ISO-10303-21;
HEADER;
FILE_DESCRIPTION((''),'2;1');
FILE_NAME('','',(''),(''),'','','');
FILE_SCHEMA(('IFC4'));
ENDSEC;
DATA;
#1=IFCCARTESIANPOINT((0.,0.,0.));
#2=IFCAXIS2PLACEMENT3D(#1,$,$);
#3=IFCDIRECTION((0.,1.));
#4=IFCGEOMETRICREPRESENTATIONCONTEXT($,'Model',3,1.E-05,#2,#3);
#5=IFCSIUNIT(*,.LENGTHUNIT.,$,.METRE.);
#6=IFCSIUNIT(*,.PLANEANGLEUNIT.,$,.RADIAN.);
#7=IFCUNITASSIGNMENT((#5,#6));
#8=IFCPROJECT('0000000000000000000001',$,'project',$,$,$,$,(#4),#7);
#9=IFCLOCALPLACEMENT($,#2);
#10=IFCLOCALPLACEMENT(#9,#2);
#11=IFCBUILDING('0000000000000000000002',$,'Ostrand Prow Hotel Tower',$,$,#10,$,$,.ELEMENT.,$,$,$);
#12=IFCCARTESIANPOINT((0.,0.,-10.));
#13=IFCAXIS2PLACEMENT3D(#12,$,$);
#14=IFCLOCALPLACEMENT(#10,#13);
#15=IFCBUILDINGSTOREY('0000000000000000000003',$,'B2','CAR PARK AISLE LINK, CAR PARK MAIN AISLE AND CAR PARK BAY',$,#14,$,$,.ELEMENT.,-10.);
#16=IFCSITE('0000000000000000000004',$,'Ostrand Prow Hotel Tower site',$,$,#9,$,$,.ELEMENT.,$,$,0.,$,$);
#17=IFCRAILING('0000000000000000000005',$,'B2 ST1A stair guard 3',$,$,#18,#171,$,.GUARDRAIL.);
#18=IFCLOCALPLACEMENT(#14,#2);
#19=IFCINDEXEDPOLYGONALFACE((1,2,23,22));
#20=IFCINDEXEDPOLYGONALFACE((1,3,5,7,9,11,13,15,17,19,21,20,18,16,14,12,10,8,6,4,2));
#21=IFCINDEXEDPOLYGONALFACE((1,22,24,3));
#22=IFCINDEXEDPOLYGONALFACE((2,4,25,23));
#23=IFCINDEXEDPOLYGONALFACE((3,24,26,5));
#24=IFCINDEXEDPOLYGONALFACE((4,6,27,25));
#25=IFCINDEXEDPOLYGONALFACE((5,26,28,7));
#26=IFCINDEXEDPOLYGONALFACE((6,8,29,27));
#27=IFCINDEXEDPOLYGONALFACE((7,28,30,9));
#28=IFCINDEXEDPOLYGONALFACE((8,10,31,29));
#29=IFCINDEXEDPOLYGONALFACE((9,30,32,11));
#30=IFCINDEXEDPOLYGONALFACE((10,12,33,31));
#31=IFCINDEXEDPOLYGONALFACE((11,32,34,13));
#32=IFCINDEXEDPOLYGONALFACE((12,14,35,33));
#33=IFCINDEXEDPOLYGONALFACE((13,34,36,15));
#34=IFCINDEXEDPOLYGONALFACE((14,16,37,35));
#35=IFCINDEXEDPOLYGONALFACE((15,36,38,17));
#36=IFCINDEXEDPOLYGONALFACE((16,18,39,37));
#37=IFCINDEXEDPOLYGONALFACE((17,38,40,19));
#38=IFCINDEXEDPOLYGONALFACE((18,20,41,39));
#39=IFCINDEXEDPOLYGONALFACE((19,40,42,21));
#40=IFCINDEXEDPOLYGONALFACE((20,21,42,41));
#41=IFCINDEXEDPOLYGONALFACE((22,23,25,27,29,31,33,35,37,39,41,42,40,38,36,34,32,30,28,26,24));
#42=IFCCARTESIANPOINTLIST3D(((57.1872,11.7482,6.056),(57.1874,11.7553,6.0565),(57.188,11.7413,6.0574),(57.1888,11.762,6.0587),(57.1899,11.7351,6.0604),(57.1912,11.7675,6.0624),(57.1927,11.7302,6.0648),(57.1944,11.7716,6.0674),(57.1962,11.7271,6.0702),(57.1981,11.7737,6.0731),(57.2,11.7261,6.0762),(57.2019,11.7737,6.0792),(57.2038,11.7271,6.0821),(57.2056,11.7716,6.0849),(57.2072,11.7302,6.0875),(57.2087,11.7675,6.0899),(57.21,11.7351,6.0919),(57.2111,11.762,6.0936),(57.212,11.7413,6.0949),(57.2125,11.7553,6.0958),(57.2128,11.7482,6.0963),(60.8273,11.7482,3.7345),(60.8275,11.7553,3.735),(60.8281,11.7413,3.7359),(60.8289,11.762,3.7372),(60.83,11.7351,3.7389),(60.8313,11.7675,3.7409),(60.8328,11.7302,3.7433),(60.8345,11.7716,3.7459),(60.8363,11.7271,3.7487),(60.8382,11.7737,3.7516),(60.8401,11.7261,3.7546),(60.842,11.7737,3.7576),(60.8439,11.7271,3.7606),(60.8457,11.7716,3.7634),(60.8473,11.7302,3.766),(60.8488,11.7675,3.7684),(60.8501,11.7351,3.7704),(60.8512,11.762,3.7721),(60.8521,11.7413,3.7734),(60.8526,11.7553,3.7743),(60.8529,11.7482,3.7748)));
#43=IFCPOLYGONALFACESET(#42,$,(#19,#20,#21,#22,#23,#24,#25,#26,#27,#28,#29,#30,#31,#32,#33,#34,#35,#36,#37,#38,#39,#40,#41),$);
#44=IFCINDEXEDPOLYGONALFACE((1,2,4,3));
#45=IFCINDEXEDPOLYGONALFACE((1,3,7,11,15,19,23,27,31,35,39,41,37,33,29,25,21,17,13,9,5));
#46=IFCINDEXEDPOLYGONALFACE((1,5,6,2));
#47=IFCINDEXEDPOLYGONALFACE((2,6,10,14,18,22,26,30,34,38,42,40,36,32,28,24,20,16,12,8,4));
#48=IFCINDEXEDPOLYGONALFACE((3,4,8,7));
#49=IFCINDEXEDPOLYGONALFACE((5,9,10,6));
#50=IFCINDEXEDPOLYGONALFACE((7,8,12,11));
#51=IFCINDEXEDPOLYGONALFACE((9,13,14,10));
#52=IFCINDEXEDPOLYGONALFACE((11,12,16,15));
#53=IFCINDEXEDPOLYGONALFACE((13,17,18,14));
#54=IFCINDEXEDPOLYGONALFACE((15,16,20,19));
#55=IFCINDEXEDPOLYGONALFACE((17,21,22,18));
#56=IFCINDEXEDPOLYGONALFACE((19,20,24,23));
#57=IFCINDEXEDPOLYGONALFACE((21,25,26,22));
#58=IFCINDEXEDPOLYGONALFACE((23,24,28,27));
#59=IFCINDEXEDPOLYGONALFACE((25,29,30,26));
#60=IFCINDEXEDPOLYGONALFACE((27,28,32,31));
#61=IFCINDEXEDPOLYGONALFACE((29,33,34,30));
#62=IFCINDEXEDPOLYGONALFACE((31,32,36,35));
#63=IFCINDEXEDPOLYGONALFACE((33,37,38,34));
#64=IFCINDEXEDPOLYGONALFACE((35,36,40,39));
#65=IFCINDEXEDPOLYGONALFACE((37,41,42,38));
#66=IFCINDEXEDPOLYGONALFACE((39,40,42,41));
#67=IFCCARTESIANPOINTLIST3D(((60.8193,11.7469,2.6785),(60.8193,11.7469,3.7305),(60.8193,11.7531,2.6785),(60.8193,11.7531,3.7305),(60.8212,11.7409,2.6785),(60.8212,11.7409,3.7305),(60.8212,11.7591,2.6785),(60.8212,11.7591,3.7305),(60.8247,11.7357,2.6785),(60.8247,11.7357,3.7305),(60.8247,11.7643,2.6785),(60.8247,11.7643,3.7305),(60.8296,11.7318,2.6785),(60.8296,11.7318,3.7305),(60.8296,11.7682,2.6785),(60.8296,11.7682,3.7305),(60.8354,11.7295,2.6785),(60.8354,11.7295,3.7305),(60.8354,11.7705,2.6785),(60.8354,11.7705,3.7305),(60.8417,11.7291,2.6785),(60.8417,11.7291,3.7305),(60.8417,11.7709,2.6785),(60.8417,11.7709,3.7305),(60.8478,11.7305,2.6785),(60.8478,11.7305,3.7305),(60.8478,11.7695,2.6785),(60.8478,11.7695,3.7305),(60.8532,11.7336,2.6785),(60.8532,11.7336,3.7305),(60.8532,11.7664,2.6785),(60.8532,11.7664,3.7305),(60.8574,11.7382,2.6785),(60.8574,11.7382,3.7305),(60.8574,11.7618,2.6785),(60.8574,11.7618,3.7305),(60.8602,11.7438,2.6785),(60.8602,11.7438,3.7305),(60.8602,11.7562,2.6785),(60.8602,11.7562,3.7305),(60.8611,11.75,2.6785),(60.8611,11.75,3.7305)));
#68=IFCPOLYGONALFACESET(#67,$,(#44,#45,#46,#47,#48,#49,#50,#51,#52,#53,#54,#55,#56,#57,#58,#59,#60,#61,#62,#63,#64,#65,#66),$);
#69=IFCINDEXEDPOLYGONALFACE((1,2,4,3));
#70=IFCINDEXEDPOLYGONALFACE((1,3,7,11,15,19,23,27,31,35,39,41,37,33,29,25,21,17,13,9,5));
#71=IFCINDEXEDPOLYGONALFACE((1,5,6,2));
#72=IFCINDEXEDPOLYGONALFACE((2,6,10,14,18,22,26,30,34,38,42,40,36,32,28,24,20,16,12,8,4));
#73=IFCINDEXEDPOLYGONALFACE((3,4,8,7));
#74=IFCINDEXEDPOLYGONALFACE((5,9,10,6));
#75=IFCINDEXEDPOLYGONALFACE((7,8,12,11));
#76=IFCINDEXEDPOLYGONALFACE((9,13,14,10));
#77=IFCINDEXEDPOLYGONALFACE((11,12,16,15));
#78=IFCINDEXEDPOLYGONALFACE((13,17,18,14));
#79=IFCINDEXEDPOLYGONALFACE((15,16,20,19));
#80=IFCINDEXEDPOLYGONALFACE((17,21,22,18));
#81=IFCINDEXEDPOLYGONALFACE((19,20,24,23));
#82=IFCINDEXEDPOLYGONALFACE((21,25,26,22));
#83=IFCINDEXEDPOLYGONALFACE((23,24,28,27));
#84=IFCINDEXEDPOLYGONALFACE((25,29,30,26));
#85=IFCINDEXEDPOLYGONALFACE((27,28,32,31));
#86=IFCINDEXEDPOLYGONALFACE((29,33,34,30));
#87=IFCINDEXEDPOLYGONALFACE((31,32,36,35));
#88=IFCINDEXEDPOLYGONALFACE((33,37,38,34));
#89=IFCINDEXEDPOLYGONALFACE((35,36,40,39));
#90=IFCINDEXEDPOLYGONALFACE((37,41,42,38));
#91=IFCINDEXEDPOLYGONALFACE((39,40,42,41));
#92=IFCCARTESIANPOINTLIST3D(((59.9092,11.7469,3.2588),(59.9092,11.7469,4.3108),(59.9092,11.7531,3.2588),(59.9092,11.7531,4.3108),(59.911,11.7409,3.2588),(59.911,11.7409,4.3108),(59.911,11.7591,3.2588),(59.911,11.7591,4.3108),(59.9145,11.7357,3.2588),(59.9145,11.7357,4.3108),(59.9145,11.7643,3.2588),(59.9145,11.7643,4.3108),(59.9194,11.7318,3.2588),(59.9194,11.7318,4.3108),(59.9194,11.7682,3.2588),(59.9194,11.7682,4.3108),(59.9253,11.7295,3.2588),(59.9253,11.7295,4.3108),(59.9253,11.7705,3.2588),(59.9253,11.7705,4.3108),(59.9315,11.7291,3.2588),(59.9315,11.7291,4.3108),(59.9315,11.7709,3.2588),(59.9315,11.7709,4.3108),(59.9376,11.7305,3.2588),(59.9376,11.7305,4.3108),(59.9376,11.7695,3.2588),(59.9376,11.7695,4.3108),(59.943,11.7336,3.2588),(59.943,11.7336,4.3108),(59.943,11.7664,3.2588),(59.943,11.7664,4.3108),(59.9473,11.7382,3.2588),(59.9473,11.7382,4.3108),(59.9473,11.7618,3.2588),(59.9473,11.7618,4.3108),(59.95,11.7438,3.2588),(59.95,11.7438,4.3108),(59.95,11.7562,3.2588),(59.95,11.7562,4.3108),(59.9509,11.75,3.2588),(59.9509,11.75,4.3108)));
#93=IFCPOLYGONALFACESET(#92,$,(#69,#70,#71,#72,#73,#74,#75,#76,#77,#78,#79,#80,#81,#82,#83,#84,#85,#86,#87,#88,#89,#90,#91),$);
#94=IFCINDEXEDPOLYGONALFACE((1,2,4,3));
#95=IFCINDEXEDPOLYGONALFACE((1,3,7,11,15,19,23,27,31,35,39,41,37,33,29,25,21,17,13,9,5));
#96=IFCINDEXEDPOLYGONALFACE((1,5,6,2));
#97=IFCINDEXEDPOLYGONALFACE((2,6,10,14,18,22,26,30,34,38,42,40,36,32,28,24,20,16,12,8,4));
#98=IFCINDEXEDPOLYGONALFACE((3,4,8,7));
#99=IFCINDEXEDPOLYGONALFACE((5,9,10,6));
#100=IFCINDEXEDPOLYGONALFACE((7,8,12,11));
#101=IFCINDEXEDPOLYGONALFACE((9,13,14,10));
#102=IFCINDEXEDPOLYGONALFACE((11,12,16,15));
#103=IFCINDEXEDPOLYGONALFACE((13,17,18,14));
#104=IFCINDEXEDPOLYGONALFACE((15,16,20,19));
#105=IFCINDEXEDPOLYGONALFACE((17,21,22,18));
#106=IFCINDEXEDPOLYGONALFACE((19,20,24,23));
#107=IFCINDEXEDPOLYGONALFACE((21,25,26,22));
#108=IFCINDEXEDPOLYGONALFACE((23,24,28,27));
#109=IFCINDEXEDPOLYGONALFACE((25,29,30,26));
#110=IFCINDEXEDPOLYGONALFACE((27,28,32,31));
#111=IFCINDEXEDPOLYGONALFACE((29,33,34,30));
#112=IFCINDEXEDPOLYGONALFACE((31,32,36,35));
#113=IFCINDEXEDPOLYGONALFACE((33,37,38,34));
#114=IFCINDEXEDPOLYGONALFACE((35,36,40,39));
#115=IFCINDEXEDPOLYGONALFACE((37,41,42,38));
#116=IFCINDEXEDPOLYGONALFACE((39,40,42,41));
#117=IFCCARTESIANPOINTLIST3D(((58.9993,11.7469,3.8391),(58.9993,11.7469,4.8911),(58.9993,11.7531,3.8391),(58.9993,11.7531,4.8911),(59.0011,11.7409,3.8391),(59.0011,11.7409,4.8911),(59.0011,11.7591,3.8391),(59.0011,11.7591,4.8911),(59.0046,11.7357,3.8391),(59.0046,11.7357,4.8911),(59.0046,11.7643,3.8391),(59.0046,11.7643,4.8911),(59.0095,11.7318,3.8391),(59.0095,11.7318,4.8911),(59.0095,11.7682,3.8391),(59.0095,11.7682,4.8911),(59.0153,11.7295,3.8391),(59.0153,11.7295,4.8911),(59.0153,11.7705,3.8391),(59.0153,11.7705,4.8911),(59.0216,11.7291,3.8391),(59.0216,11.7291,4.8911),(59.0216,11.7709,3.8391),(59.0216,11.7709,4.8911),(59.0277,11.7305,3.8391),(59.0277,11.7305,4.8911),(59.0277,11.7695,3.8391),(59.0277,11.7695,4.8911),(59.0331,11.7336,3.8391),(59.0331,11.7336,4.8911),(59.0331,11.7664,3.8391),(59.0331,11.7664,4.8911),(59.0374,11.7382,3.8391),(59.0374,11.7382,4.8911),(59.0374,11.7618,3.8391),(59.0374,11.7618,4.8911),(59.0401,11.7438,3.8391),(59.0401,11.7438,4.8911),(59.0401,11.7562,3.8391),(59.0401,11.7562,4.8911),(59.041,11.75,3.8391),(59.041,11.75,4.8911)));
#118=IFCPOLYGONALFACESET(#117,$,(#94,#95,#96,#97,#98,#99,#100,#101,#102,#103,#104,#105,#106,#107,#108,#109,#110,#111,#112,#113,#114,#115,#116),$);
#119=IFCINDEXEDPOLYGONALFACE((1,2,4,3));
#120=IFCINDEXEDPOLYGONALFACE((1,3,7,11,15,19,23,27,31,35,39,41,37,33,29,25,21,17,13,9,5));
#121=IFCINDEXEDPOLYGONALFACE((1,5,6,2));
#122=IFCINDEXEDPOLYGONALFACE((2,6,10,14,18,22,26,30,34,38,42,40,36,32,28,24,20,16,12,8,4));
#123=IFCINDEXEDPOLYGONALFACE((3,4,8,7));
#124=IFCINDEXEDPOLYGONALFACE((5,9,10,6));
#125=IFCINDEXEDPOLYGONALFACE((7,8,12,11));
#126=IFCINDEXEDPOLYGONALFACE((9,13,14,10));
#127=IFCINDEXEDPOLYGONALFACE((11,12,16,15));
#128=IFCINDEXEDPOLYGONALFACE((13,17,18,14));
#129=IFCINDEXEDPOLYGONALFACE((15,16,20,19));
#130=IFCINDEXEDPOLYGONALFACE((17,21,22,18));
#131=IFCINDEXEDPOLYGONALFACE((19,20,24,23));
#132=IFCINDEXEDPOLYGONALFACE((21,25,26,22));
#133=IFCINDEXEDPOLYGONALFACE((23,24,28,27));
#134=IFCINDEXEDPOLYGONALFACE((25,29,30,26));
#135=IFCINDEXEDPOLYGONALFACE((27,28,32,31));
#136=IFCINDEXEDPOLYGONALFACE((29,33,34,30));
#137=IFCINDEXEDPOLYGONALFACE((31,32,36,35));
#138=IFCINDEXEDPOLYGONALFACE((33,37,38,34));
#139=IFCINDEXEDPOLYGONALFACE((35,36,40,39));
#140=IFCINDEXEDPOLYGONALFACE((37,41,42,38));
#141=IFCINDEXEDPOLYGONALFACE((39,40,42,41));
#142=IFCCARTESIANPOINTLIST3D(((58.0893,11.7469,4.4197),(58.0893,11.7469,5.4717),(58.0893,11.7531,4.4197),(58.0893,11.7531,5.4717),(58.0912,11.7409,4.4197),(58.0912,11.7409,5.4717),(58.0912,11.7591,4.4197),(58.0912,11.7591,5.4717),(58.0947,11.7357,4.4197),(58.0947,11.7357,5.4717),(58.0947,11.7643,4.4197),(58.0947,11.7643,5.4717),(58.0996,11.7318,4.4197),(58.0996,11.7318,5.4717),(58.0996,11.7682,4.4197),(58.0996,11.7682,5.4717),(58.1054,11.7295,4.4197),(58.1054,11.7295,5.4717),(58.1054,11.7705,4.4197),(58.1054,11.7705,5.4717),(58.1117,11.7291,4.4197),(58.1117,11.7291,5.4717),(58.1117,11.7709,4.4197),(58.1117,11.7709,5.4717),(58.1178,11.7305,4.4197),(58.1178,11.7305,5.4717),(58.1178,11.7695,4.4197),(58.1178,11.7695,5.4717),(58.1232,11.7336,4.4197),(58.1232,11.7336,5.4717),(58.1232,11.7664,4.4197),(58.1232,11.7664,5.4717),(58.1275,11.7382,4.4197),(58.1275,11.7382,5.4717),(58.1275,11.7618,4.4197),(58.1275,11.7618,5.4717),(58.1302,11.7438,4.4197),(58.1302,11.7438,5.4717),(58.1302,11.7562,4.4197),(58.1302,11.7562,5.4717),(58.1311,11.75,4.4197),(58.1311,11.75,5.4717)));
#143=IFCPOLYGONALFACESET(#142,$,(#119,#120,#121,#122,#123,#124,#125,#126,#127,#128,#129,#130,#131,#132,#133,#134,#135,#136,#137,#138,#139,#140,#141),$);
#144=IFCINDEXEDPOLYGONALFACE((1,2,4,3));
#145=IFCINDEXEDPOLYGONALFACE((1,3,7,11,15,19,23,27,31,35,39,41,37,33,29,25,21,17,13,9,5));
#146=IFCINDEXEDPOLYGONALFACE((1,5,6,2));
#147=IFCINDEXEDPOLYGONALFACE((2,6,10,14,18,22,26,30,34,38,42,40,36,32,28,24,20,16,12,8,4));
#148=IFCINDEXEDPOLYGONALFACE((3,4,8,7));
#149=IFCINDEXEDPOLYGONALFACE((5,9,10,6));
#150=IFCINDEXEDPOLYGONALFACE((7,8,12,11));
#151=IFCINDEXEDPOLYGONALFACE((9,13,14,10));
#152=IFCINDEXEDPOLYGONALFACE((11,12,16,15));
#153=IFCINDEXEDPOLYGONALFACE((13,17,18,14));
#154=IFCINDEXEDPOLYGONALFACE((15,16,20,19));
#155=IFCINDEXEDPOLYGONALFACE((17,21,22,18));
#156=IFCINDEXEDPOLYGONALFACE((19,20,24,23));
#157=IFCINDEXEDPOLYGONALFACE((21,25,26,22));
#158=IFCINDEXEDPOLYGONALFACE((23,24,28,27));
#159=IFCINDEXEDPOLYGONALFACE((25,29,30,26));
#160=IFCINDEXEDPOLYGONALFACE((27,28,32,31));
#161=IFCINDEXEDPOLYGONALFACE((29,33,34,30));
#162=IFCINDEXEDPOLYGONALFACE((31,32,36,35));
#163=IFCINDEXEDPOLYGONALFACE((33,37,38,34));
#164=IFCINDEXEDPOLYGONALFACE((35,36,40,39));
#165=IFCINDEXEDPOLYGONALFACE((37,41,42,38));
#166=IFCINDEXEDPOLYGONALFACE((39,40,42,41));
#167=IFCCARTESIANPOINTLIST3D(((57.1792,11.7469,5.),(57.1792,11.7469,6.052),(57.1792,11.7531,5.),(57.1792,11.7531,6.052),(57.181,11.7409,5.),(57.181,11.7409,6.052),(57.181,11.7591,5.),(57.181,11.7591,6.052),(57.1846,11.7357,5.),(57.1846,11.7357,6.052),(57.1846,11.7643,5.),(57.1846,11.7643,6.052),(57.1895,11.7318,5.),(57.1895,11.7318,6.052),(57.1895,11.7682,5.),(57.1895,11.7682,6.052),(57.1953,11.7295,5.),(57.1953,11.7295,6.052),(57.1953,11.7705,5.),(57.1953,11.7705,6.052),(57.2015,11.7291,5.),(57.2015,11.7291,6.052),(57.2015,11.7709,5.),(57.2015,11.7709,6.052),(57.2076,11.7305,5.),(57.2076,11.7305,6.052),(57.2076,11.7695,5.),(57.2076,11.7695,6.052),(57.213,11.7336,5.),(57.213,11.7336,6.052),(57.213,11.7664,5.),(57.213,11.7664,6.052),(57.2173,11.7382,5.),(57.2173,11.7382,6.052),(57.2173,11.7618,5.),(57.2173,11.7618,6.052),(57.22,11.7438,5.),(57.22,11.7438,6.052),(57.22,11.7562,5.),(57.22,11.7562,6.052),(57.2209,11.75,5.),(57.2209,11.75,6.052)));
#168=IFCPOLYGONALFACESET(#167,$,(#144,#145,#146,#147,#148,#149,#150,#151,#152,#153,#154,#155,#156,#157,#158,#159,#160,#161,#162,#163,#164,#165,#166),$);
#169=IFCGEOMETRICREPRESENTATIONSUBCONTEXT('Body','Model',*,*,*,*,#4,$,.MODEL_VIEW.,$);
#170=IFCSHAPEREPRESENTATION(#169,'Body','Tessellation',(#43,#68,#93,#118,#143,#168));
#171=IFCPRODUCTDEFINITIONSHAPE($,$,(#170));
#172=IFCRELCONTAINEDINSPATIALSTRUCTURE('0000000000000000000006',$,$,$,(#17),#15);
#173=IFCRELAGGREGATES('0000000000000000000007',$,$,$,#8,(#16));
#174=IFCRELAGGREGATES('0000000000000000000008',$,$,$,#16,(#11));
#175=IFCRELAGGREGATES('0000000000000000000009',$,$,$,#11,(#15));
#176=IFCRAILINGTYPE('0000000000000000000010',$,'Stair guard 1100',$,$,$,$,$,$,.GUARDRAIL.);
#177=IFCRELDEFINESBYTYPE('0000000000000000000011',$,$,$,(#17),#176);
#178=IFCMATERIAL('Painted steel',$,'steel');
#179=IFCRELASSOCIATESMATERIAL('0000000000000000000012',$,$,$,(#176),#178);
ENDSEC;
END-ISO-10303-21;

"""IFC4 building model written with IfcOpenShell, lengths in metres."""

from ifc_helpers import new_model, si_unit, direction, frame, origin, origin_2d, place, context, subcontext, project, spatial, circle, extrude, material, type_object, element, save


model = new_model("IFC4")

# Units and contexts
model_context = context("Model", 3, precision=1e-05, world=origin(), true_north=direction((0.0, 1.0)))
body_context = subcontext(model_context, "Body", "Model", "MODEL_VIEW")
ifc_project = project(units=[si_unit("LENGTHUNIT", "METRE"), si_unit("PLANEANGLEUNIT", "RADIAN")], contexts=[model_context])

# Site, building, storey
site_placement = place(None, origin())
site = spatial("IfcSite", under=ifc_project, at=site_placement, Name="Ostrand Prow Hotel Tower site", CompositionType="ELEMENT", RefElevation=0.0)
building_placement = place(site_placement, origin())
building = spatial("IfcBuilding", under=site, at=building_placement, Name="Ostrand Prow Hotel Tower", CompositionType="ELEMENT")
storey_placement = place(building_placement, frame((0.0, 0.0, -10.0)))
storey = spatial("IfcBuildingStorey", under=building, at=storey_placement, Name="B2", Description="CAR PARK AISLE LINK, CAR PARK MAIN AISLE AND CAR PARK BAY", CompositionType="ELEMENT", Elevation=-10.0)

# Railing
ifc_material_1 = material(Name="Painted steel", Category="steel")
railing_type_1 = type_object("IfcRailingType", Name="Stair guard 1100", PredefinedType="GUARDRAIL", material=ifc_material_1)
railing_1_placement = place(storey_placement, frame((60.8401, 11.75, 2.6785)))
element("IfcRailing", 1, at=railing_1_placement, inside=storey, type_object=railing_type_1, Name="B2 ST1A stair guard 3", PredefinedType="GUARDRAIL", context=body_context, shape_type="SweptSolid", body=[
    extrude(circle(Radius=0.0239, at=origin_2d()), frame((0.0, 0.0, 1.0762), z_axis=(-0.843128, 0.0, 0.537713), x_axis=(0.0, -1.0, 0.0)), (0.0, 0.0, 1.0), 4.3174),
    extrude(circle(Radius=0.021, at=origin_2d()), origin(), (0.0, 0.0, 1.0), 1.052),
    extrude(circle(Radius=0.021, at=origin_2d()), frame((-0.9102, 0.0, 0.5803)), (0.0, 0.0, 1.0), 1.052),
    extrude(circle(Radius=0.021, at=origin_2d()), frame((-1.8201, 0.0, 1.1606)), (0.0, 0.0, 1.0), 1.052),
    extrude(circle(Radius=0.021, at=origin_2d()), frame((-2.73, 0.0, 1.7412)), (0.0, 0.0, 1.0), 1.052),
    extrude(circle(Radius=0.021, at=origin_2d()), frame((-3.6401, 0.0, 2.3215)), (0.0, 0.0, 1.0), 1.052),
])

save(model, "model.ifc")
